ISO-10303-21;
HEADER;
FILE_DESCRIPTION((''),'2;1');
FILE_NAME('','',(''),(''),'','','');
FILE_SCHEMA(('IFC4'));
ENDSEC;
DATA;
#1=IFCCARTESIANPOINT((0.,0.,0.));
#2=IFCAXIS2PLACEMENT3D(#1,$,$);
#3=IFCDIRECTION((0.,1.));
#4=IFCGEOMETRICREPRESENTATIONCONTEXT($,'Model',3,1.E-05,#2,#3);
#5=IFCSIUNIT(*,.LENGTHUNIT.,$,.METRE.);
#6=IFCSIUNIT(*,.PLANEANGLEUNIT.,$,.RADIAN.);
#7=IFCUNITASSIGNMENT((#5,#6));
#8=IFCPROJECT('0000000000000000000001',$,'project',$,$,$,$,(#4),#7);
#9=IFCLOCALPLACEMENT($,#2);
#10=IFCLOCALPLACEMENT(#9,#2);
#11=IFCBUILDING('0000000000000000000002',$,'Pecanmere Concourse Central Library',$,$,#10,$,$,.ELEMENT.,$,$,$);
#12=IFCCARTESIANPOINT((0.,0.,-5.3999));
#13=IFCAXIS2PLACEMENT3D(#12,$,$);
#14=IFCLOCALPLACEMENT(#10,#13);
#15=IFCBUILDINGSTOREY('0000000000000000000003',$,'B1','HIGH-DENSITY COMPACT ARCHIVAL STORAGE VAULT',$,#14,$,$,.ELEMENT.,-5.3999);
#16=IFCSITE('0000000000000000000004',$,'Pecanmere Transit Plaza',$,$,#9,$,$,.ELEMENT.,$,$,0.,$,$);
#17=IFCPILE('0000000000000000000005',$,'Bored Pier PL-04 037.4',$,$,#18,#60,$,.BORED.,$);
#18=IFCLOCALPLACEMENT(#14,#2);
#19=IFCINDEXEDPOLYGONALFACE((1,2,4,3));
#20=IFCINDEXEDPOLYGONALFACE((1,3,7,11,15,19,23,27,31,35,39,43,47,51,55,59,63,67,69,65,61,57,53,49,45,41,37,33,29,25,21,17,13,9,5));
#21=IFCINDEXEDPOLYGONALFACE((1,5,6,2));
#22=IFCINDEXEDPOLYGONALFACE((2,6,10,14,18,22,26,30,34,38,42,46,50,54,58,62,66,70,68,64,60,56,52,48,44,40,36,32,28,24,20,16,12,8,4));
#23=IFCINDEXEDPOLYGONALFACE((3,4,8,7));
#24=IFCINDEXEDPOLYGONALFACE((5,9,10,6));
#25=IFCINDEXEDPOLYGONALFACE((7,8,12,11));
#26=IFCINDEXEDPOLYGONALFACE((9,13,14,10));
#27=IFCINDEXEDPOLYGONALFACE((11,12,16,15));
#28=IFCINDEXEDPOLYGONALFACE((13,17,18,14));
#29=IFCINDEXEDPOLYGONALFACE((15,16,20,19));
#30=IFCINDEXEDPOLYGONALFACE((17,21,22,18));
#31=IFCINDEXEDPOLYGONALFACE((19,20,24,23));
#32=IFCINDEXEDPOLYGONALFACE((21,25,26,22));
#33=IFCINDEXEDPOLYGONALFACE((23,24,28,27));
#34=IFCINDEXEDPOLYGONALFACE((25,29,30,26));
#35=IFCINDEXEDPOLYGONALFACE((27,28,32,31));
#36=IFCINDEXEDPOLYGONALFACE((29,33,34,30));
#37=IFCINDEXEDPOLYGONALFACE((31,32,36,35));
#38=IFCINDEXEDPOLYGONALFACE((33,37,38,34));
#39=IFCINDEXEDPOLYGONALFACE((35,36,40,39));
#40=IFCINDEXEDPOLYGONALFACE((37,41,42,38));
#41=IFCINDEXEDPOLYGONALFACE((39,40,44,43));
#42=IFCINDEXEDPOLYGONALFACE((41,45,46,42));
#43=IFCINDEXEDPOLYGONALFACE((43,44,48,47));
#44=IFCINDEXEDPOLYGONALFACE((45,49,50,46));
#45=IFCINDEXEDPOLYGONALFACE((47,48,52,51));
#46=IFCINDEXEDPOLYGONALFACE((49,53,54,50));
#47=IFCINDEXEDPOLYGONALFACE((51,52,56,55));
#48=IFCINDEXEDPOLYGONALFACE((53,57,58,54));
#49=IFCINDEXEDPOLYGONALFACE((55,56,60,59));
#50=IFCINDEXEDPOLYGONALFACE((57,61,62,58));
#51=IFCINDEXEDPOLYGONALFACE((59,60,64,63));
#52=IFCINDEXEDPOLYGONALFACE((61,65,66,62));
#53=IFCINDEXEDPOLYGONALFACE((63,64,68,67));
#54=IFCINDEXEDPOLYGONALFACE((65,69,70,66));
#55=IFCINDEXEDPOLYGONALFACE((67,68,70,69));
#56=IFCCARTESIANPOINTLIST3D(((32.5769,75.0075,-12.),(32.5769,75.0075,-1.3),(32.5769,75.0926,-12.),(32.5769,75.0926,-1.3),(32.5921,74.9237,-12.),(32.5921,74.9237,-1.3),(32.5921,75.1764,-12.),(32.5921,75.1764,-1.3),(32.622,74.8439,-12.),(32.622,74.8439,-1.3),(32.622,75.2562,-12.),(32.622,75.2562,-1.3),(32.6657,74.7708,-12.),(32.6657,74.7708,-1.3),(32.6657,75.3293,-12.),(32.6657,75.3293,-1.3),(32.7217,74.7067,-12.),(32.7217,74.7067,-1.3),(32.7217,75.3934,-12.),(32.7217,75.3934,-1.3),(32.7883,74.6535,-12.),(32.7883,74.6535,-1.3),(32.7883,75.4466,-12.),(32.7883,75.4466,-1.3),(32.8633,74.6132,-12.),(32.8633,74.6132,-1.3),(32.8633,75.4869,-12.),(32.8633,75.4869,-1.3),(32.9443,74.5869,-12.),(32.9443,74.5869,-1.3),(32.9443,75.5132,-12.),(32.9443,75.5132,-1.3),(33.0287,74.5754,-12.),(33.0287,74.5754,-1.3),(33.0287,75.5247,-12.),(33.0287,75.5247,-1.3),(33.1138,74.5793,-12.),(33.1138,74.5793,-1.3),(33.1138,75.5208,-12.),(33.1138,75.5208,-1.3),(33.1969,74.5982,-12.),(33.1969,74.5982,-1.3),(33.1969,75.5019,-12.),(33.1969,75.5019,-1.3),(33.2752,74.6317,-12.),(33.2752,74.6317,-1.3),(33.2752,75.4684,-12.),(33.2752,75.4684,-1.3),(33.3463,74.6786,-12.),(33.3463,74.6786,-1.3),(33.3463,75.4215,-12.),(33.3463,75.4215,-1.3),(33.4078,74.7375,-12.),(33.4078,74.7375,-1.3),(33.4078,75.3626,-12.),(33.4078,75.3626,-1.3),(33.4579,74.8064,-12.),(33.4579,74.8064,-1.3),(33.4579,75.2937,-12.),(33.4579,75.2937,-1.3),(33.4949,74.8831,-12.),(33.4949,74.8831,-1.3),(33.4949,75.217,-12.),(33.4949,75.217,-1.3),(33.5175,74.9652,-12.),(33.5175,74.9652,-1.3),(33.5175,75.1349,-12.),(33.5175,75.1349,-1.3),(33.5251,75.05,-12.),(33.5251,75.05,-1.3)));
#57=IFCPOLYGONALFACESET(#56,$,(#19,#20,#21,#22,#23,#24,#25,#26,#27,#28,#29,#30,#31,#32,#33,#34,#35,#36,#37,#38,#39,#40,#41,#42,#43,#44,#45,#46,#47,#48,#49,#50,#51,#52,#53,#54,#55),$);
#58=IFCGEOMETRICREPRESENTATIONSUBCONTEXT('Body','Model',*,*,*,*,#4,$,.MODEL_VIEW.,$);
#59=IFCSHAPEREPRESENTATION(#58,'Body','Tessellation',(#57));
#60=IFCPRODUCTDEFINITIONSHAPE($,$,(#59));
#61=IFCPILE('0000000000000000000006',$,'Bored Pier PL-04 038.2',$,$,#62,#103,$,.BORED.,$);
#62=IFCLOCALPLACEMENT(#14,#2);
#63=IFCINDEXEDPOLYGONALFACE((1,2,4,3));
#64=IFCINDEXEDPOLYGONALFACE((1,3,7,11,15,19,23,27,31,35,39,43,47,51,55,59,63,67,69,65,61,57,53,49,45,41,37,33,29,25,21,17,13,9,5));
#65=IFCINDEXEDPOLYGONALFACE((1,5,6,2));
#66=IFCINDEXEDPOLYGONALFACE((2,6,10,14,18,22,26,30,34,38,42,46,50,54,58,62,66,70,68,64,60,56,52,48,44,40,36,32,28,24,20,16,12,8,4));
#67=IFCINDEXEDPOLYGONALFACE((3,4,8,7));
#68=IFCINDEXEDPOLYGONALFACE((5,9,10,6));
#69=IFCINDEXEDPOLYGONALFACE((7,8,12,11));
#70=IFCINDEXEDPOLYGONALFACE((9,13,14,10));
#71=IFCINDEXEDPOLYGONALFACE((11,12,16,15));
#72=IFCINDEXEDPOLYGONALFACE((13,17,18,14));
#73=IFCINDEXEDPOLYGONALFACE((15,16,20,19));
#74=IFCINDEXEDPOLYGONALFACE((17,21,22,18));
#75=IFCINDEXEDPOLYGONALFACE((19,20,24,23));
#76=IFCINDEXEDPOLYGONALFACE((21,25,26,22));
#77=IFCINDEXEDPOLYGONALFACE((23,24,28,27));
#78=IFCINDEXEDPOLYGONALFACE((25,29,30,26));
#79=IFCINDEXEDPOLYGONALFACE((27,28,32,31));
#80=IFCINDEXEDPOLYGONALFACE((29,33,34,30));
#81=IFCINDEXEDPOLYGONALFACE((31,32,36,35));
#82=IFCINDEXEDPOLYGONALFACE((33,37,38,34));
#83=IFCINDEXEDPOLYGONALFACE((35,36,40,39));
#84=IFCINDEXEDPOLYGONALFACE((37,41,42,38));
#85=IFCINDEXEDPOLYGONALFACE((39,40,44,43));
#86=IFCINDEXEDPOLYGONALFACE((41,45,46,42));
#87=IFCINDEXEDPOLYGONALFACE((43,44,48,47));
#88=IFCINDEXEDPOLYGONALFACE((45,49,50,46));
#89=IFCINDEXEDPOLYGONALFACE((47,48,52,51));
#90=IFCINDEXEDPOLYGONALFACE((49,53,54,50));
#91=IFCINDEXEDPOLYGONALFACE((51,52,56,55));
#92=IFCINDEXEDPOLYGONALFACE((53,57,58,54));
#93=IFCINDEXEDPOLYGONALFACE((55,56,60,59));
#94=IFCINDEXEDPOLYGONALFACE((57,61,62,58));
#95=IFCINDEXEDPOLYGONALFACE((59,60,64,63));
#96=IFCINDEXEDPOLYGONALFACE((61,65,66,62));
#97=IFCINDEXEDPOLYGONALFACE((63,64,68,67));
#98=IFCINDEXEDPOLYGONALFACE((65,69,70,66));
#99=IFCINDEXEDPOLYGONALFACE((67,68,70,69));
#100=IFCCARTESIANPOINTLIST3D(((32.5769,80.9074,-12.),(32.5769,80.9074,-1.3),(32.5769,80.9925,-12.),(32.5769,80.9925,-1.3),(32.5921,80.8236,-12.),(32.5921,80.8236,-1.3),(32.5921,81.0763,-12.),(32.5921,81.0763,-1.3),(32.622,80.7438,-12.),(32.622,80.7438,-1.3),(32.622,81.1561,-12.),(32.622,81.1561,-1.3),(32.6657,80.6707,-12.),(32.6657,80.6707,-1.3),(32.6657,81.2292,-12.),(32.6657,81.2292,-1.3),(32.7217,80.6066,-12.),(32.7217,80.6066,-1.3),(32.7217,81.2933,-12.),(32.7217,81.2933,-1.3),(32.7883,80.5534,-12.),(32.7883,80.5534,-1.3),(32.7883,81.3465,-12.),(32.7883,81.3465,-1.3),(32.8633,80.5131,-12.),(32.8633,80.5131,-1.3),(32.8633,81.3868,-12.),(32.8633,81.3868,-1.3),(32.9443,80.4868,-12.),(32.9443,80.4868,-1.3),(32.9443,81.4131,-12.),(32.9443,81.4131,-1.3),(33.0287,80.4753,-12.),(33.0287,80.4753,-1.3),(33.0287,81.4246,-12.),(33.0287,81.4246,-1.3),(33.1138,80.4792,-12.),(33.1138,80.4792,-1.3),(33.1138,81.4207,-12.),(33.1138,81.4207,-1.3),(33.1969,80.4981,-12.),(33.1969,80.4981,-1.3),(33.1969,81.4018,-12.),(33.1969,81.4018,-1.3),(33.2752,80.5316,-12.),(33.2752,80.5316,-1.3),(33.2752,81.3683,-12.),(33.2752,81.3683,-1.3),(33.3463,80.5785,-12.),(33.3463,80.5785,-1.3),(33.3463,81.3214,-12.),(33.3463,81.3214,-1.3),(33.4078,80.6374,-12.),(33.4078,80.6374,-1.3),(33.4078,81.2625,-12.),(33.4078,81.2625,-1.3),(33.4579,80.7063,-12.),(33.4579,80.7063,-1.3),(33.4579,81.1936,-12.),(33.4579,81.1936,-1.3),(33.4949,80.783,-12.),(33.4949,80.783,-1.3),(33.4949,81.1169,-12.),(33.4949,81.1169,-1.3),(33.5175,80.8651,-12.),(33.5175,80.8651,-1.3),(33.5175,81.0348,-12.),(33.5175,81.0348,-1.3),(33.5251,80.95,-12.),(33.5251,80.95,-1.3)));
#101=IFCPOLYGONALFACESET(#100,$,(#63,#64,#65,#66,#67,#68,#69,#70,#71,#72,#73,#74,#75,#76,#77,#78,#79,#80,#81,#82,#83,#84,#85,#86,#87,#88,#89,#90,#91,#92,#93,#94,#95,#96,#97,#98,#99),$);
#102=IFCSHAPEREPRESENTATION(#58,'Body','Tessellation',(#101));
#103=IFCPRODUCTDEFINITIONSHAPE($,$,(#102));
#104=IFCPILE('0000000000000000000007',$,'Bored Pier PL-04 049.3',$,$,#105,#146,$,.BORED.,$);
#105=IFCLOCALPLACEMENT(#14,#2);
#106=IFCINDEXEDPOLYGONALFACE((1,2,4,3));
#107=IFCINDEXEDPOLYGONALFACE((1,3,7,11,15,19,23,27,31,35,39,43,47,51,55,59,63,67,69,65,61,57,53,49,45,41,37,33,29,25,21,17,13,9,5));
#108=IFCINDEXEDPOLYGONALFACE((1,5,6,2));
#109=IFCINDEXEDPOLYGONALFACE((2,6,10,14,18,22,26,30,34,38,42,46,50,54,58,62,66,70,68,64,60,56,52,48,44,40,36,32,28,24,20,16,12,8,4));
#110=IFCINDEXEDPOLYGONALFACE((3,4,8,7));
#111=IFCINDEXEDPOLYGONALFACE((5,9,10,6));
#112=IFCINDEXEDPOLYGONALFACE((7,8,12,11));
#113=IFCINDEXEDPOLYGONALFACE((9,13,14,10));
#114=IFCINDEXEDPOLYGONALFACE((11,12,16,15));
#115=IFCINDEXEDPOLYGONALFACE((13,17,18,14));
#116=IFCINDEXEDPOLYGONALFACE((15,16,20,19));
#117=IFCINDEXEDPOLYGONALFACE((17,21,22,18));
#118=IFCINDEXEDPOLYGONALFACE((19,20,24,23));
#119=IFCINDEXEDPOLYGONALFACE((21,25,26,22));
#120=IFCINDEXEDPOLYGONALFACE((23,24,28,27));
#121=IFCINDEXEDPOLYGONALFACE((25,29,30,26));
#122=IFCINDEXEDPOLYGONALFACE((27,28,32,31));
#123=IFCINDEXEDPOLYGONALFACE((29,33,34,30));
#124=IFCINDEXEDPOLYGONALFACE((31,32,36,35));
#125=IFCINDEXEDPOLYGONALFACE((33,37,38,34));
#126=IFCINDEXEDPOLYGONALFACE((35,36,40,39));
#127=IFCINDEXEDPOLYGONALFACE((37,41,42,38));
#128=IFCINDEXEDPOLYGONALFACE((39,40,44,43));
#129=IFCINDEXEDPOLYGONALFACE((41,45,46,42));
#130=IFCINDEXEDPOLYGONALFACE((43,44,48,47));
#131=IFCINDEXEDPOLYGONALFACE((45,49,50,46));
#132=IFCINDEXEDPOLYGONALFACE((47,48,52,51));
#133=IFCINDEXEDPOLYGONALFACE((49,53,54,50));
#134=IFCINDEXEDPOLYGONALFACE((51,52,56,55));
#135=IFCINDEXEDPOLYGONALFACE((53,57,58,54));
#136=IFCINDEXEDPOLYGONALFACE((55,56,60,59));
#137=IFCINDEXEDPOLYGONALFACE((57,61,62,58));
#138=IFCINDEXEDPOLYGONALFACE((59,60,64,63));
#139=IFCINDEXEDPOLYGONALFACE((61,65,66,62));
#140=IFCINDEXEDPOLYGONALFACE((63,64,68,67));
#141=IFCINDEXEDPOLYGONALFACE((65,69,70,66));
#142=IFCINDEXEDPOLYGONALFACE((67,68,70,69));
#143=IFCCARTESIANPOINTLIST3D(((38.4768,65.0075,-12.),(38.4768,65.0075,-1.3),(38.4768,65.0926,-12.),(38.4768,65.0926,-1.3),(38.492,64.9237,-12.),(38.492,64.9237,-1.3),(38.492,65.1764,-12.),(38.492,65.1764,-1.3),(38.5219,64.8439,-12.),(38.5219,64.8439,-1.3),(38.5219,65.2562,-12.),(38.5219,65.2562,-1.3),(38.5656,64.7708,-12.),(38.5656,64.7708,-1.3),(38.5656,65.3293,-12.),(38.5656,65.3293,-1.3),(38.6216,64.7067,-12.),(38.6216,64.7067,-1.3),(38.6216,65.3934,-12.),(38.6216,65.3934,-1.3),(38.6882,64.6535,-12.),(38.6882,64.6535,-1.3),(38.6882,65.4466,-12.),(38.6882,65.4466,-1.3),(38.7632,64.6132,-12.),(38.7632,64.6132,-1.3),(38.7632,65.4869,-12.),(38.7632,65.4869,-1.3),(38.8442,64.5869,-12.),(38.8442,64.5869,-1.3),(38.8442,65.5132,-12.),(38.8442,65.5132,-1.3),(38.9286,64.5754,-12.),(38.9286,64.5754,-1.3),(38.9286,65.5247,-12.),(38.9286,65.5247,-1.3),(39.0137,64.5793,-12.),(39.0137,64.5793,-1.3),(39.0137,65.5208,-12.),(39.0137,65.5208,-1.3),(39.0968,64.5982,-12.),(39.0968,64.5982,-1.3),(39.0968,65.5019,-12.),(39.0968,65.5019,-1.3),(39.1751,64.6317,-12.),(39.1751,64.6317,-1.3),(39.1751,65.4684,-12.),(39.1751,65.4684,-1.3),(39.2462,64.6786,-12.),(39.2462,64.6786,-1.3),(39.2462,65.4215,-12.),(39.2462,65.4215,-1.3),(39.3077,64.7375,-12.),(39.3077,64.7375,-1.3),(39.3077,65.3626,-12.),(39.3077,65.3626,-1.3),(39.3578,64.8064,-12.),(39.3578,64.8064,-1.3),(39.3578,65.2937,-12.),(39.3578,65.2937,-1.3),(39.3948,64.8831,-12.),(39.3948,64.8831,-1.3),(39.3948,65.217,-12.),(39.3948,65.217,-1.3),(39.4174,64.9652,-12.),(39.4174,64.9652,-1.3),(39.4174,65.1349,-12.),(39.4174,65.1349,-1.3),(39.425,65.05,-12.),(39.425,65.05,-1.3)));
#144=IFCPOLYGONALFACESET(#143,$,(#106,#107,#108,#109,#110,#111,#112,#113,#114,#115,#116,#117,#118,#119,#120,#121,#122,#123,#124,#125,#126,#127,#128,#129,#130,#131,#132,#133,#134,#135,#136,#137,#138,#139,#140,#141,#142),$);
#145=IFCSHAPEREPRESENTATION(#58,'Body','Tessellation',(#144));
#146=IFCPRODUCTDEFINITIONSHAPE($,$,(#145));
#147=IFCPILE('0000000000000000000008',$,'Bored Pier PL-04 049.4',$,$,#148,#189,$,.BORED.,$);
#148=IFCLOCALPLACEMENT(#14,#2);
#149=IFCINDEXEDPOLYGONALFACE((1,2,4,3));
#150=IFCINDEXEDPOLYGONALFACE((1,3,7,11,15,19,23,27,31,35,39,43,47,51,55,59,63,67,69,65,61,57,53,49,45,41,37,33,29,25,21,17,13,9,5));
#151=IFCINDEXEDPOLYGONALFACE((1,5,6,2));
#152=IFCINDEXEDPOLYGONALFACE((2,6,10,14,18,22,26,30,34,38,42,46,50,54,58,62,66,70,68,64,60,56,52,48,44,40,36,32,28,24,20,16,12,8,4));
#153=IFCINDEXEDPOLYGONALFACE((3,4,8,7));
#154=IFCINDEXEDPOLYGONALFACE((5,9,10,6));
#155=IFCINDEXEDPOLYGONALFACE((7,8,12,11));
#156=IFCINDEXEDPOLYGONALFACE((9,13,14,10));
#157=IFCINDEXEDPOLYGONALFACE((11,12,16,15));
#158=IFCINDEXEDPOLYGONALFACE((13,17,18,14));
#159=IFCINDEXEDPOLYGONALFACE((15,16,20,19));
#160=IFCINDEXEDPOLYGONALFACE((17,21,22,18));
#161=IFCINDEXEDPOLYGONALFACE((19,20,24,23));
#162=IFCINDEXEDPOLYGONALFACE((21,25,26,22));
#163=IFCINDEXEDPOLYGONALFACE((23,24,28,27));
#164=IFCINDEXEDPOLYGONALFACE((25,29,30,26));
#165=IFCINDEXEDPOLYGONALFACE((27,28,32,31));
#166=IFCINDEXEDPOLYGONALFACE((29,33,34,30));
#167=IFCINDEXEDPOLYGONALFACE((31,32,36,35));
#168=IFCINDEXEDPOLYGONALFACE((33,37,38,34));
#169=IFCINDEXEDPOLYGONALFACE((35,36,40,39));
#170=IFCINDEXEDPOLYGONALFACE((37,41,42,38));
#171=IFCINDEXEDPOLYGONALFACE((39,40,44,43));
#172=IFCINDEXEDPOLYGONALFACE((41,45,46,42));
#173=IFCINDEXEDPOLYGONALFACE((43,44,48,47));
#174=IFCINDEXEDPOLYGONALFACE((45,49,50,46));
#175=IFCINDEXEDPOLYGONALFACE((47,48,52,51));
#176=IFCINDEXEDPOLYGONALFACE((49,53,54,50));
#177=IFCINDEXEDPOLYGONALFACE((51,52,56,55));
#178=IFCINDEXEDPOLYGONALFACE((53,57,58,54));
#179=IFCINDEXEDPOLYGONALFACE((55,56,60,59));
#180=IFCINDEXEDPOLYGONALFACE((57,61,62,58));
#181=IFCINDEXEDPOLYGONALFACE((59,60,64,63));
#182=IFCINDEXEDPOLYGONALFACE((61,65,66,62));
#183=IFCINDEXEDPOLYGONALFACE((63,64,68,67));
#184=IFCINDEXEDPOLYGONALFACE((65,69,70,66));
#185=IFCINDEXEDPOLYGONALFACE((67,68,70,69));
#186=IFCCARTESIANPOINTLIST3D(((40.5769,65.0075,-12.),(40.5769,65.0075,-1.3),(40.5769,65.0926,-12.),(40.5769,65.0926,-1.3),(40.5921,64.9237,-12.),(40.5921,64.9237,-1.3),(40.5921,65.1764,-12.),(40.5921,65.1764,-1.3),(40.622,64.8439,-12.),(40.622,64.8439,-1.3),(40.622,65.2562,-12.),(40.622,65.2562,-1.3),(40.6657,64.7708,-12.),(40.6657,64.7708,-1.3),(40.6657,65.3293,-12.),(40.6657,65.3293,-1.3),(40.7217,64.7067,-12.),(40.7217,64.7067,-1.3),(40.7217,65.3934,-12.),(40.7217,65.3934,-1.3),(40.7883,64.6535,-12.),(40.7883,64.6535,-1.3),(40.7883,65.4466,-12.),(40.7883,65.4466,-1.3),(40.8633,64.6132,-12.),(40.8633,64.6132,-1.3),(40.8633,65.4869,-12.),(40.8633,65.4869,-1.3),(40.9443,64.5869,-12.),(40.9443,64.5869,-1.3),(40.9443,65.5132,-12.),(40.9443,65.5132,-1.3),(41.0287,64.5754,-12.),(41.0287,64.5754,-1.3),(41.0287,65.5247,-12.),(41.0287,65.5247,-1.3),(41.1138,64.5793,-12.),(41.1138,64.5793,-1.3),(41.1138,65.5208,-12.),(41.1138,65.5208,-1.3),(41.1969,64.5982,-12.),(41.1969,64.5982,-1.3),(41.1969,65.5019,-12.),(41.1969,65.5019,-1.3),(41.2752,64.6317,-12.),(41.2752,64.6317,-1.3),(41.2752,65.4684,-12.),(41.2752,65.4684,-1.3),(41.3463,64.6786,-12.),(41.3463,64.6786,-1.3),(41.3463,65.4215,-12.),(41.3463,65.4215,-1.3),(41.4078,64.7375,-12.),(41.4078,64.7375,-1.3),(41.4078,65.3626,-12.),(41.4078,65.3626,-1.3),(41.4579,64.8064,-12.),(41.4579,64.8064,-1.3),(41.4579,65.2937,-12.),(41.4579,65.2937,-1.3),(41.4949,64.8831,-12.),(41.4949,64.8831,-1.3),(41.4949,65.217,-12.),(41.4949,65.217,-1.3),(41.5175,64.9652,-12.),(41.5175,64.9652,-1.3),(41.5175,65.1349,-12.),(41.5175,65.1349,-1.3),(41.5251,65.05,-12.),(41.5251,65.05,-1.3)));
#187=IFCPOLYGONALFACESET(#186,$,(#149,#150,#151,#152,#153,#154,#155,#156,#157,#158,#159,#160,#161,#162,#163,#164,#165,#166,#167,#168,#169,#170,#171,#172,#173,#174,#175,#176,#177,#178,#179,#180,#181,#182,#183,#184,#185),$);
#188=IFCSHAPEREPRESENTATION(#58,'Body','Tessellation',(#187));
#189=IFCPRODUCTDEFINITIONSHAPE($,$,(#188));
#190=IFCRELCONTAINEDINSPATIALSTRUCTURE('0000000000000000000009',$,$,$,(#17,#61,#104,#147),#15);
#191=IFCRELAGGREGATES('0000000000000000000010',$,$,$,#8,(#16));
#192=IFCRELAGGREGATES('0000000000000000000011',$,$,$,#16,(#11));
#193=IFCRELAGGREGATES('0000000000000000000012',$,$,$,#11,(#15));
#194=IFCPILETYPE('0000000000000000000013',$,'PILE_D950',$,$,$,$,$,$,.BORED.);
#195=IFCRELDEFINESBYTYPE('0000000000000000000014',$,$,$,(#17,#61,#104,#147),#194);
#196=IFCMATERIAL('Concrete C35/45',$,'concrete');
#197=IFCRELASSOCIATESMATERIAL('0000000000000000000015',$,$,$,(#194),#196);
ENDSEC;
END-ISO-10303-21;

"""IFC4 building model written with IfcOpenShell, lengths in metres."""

from ifc_helpers import new_model, si_unit, direction, frame, origin, origin_2d, place, context, subcontext, project, spatial, circle, extrude, material, material_profile, profile_set, type_object, element, save


model = new_model("IFC4")

# Units and contexts
model_context = context("Model", 3, precision=1e-05, world=origin(), true_north=direction((0.0, 1.0)))
body_context = subcontext(model_context, "Body", "Model", "MODEL_VIEW")
ifc_project = project(units=[si_unit("LENGTHUNIT", "METRE"), si_unit("PLANEANGLEUNIT", "RADIAN")], contexts=[model_context])

# Site, building, storey
site_placement = place(None, origin())
site = spatial("IfcSite", under=ifc_project, at=site_placement, Name="Pecanmere Transit Plaza", CompositionType="ELEMENT", RefElevation=0.0)
building_placement = place(site_placement, origin())
building = spatial("IfcBuilding", under=site, at=building_placement, Name="Pecanmere Concourse Central Library", CompositionType="ELEMENT")
storey_placement = place(building_placement, frame((0.0, 0.0, -5.3999)))
storey = spatial("IfcBuildingStorey", under=building, at=storey_placement, Name="B1", Description="HIGH-DENSITY COMPACT ARCHIVAL STORAGE VAULT", CompositionType="ELEMENT", Elevation=-5.3999)

# Piles
ifc_material_1 = material(Name="Concrete C35/45", Category="concrete")
ifc_material_profile_1 = material_profile(ifc_material_1, circle(Radius=0.4751, at=origin_2d()), Name="PIER D950")
ifc_profile_set_1 = profile_set([ifc_material_profile_1], Name="Concrete C35/45")
pile_type = type_object("IfcPileType", Name="PILE_D950", PredefinedType="BORED", material=ifc_profile_set_1)
for number, where, z_axis, x_axis, name in (
    (1, (33.05, 75.05, -1.3), (0.0, 0.0, -1.0), (1.0, 0.0, 0.0), "Bored Pier PL-04 037.4"),
    (2, (33.05, 80.95, -1.3), (0.0, 0.0, -1.0), (1.0, 0.0, 0.0), "Bored Pier PL-04 038.2"),
    (3, (38.95, 65.05, -1.3), (0.0, 0.0, -1.0), (1.0, 0.0, 0.0), "Bored Pier PL-04 049.3"),
    (4, (41.05, 65.05, -1.3), (0.0, 0.0, -1.0), (1.0, 0.0, 0.0), "Bored Pier PL-04 049.4"),
):
    element("IfcPile", number, at=place(storey_placement, frame(where, z_axis=z_axis, x_axis=x_axis)), inside=storey, type_object=pile_type, Name=name, PredefinedType="BORED", context=body_context, shape_type="SweptSolid", body=[
        extrude(circle(Radius=0.4751, at=origin_2d()), origin(), (0.0, 0.0, 1.0), 10.7),
    ])

save(model, "model.ifc")
